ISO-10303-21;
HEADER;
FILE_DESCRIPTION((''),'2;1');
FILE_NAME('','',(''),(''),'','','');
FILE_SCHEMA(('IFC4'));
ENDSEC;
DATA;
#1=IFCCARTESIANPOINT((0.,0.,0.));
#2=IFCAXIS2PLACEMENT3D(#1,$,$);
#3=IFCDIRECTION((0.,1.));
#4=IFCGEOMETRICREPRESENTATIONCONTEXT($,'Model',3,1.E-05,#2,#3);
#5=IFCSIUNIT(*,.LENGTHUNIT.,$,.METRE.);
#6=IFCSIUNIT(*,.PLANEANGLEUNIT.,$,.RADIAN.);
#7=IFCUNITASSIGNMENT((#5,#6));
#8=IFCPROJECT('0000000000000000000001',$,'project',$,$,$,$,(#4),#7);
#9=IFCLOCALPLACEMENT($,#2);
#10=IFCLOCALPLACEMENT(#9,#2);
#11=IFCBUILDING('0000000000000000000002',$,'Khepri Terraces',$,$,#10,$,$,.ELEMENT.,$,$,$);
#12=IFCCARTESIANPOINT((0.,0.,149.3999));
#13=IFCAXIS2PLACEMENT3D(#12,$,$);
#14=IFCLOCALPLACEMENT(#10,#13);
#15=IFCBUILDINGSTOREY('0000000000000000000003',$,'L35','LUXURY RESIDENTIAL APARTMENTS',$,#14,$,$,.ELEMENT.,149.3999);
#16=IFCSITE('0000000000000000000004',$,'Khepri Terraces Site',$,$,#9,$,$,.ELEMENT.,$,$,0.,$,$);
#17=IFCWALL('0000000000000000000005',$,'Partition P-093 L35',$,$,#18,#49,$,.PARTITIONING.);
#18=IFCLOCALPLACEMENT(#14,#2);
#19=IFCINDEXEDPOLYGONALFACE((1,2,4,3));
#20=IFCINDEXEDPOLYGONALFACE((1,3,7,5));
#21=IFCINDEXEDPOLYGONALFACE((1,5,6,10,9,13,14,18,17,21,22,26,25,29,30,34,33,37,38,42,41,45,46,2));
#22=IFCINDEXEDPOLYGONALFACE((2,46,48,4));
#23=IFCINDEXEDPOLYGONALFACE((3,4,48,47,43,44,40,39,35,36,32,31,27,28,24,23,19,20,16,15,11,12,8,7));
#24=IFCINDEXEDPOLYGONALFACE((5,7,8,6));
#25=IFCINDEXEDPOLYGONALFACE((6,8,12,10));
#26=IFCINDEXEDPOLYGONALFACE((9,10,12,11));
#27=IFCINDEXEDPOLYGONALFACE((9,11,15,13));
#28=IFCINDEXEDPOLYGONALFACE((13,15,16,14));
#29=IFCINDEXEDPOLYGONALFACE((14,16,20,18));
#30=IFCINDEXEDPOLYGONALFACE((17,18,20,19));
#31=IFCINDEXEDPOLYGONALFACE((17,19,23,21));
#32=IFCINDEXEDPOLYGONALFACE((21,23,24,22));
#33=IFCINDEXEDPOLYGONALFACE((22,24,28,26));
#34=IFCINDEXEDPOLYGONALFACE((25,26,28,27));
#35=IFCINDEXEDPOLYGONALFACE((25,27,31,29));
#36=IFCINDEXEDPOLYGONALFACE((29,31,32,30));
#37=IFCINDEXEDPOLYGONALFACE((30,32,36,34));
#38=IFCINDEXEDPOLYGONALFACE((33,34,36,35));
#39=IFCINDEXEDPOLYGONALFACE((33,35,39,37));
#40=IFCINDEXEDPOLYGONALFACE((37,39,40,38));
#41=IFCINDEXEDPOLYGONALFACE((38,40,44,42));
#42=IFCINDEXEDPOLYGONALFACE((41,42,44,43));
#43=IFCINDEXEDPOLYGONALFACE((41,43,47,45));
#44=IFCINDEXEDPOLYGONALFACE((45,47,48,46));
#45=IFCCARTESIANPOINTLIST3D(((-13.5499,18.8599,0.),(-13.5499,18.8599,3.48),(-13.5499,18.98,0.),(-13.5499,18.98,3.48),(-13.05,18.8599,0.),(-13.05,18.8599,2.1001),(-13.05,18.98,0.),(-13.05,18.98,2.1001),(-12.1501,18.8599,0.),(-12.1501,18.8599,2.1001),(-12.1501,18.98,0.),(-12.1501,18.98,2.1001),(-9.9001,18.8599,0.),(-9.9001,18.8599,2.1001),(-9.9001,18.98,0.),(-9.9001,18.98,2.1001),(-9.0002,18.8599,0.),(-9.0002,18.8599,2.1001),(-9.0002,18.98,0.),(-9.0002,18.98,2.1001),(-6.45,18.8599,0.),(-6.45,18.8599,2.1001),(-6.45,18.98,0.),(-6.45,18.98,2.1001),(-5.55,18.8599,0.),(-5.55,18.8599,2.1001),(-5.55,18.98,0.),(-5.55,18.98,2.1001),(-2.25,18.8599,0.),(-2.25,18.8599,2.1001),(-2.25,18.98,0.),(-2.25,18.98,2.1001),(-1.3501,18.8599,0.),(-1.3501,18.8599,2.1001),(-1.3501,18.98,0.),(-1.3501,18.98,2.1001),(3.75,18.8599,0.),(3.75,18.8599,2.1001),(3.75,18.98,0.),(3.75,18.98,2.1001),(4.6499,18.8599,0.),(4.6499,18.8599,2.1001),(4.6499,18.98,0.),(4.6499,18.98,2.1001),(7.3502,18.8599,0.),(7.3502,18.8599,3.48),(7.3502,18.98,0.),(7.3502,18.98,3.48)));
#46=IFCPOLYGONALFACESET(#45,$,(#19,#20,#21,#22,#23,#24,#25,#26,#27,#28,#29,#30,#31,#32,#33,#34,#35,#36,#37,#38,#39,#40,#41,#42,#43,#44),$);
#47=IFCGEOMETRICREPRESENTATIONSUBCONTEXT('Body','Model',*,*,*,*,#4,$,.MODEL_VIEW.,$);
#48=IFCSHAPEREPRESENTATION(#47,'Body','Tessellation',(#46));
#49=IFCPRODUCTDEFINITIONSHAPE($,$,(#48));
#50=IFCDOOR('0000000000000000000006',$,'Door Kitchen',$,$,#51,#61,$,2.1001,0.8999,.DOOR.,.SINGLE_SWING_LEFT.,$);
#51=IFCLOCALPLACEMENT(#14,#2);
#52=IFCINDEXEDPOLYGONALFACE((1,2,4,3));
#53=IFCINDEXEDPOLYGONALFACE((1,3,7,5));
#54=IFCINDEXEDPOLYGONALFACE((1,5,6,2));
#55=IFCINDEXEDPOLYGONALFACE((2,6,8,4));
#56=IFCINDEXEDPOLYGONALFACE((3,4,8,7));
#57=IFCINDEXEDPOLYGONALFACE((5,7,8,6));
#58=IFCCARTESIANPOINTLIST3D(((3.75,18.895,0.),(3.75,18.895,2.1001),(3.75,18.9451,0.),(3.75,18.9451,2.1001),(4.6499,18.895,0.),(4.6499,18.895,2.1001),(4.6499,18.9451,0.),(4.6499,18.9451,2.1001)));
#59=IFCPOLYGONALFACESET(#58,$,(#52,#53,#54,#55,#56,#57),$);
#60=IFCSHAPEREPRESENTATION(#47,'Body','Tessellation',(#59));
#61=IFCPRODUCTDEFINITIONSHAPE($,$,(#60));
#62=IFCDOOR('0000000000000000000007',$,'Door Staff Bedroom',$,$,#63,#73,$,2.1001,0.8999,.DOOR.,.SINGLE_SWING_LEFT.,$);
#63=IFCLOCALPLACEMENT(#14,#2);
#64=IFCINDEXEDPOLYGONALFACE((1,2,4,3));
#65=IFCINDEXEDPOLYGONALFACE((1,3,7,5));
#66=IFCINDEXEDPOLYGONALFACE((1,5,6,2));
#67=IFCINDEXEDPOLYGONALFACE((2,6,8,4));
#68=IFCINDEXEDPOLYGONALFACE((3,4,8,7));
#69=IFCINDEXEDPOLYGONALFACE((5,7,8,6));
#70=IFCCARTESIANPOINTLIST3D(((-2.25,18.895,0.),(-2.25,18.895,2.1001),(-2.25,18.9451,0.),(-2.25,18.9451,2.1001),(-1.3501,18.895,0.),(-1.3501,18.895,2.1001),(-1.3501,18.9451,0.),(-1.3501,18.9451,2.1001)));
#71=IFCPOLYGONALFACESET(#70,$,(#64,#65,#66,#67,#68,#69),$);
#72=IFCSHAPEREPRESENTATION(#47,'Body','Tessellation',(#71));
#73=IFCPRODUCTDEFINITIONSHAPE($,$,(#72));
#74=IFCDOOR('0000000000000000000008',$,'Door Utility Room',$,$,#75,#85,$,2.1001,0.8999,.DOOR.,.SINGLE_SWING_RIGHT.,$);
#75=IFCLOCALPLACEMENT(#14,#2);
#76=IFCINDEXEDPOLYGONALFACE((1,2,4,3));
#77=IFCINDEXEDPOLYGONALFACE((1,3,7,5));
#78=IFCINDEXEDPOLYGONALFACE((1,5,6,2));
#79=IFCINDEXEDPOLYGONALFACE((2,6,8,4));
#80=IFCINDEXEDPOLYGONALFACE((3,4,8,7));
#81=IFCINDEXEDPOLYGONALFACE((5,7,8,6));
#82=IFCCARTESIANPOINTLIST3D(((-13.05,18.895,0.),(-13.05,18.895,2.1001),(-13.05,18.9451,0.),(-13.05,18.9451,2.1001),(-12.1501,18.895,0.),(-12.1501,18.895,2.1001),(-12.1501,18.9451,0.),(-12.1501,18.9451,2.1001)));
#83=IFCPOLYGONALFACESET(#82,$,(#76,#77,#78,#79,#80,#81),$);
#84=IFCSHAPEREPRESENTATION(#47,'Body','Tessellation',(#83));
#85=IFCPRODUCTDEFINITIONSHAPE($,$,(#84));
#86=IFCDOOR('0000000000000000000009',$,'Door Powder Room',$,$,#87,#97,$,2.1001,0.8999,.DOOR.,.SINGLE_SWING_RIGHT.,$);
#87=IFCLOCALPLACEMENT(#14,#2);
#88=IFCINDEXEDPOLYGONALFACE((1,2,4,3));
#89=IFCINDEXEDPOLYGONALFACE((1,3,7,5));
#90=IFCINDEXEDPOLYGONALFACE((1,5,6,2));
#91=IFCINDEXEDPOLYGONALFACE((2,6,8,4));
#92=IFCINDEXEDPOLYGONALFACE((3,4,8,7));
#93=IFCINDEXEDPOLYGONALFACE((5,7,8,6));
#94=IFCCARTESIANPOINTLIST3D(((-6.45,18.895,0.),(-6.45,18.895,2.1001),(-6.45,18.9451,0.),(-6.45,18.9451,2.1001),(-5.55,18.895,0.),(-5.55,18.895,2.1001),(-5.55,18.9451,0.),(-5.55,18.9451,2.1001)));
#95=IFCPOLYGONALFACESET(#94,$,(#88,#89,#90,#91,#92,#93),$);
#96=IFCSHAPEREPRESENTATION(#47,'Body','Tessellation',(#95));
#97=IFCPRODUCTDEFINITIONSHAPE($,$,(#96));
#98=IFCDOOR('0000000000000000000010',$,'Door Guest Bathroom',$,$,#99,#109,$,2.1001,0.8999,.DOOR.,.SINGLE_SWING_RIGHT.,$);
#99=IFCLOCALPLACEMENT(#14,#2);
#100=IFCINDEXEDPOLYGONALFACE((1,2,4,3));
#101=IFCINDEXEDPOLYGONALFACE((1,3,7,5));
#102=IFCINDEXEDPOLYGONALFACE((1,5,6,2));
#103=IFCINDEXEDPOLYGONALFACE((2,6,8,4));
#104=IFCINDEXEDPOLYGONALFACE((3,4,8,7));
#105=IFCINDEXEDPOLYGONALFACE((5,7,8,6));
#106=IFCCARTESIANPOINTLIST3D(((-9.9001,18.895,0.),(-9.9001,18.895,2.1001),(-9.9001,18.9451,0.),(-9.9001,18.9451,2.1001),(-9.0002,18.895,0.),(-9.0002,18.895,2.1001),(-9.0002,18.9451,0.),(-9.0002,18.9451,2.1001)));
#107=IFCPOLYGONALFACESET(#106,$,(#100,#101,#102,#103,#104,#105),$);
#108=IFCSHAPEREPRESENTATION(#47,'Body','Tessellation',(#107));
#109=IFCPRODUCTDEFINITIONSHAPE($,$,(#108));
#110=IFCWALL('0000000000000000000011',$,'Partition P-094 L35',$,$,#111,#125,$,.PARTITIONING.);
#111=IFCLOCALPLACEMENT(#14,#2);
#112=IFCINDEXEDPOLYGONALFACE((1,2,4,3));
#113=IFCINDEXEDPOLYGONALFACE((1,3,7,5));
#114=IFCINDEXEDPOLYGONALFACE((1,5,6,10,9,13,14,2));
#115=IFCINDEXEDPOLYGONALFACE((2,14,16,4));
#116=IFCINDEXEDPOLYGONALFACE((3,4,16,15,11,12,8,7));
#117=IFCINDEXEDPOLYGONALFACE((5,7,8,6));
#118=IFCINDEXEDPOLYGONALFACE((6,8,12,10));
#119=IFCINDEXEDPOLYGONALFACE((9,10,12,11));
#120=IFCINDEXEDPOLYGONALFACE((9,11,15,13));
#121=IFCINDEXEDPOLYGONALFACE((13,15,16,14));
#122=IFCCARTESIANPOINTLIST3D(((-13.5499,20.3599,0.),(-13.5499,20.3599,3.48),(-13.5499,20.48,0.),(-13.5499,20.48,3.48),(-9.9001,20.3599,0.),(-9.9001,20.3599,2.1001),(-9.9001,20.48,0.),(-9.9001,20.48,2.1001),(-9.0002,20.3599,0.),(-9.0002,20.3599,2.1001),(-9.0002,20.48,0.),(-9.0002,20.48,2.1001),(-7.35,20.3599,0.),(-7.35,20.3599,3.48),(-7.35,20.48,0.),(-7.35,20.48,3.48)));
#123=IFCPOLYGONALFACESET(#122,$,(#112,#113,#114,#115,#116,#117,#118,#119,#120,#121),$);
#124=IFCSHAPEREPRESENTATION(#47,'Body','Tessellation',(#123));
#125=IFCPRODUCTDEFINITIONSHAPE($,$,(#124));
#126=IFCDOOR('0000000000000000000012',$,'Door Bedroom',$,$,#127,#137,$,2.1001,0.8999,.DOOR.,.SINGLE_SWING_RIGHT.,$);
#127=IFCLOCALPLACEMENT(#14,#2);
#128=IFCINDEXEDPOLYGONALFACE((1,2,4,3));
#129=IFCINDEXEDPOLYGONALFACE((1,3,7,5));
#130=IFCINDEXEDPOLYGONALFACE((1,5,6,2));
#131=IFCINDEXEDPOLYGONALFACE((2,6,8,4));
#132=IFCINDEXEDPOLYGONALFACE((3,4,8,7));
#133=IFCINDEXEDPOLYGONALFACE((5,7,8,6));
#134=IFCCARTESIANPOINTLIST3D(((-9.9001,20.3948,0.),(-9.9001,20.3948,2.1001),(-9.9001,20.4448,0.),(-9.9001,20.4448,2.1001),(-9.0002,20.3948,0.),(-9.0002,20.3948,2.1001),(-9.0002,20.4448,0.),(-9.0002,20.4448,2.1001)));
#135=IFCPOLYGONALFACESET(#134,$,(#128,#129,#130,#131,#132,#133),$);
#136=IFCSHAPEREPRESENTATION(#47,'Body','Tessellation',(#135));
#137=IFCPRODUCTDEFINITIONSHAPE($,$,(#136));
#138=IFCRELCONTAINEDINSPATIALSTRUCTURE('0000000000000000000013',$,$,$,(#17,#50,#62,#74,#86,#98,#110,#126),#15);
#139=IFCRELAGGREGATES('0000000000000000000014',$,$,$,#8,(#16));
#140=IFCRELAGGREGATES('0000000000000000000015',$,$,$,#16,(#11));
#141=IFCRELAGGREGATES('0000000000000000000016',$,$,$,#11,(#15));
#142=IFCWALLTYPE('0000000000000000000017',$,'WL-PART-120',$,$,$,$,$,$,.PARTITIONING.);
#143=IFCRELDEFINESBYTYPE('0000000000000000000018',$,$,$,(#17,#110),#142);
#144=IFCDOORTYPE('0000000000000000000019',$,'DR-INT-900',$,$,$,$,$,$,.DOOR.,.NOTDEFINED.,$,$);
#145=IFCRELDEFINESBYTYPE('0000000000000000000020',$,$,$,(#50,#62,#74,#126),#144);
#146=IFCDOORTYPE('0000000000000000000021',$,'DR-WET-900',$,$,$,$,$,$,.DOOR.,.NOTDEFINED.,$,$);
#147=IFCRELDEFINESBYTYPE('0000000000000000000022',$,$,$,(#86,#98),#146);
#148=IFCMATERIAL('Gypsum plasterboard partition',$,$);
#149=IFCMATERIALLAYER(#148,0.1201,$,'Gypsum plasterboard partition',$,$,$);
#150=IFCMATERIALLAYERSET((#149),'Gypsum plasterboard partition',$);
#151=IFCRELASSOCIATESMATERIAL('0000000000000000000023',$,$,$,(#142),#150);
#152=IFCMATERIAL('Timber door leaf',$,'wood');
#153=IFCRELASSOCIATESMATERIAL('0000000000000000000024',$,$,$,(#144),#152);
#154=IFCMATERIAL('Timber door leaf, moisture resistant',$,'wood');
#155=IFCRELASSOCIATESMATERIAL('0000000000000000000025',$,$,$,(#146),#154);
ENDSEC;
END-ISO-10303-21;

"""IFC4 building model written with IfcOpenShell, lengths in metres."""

from ifc_helpers import new_model, si_unit, direction, frame, frame_2d, origin, place, context, subcontext, project, spatial, rectangle, extrude, material, layer, layer_set, type_object, element, fill, save


model = new_model("IFC4")

# Units and contexts
model_context = context("Model", 3, precision=1e-05, world=origin(), true_north=direction((0.0, 1.0)))
body_context = subcontext(model_context, "Body", "Model", "MODEL_VIEW")
ifc_project = project(units=[si_unit("LENGTHUNIT", "METRE"), si_unit("PLANEANGLEUNIT", "RADIAN")], contexts=[model_context])

# Site, building, storey
site_placement = place(None, origin())
site = spatial("IfcSite", under=ifc_project, at=site_placement, Name="Khepri Terraces Site", CompositionType="ELEMENT", RefElevation=0.0)
building_placement = place(site_placement, origin())
building = spatial("IfcBuilding", under=site, at=building_placement, Name="Khepri Terraces", CompositionType="ELEMENT")
storey_placement = place(building_placement, frame((0.0, 0.0, 149.3999)))
storey = spatial("IfcBuildingStorey", under=building, at=storey_placement, Name="L35", Description="LUXURY RESIDENTIAL APARTMENTS", CompositionType="ELEMENT", Elevation=149.3999)

# Shared definitions
ifc_material_1 = material(Name="Gypsum plasterboard partition")
ifc_layer_1 = layer(ifc_material_1, 0.1201, Name="Gypsum plasterboard partition")
ifc_layer_set_1 = layer_set([ifc_layer_1], Name="Gypsum plasterboard partition")
wall_type_1 = type_object("IfcWallType", Name="WL-PART-120", PredefinedType="PARTITIONING", material=ifc_layer_set_1)

# Wall, openings, doors
wall_1_placement = place(storey_placement, frame((-13.55, 18.9199, 0.0), z_axis=(0.0, 0.0, 1.0), x_axis=(1.0, 0.0, 0.0)))
wall_1 = element("IfcWall", 1, at=wall_1_placement, inside=storey, type_object=wall_type_1, Name="Partition P-093 L35", PredefinedType="PARTITIONING", context=body_context, shape_type="SweptSolid", body=[
    extrude(rectangle(XDim=20.9001, YDim=0.1201, at=frame_2d((10.4502, 0.0))), origin(), (0.0, 0.0, 1.0), 3.48),
])
opening_1_placement = place(wall_1_placement, frame((17.3, 0.0, 0.0)))
opening_1 = element("IfcOpeningElement", 2, at=opening_1_placement, cuts=wall_1, PredefinedType="OPENING", context=body_context, shape_type="SweptSolid", body=[
    extrude(rectangle(XDim=0.8999, YDim=2.1001, at=frame_2d((0.45, 1.05))), frame((0.0, 0.0701, 0.0), z_axis=(0.0, -1.0, 0.0), x_axis=(1.0, 0.0, 0.0)), (0.0, 0.0, 1.0), 0.1401),
])
opening_2_placement = place(wall_1_placement, frame((11.3, 0.0, 0.0)))
opening_2 = element("IfcOpeningElement", 3, at=opening_2_placement, cuts=wall_1, PredefinedType="OPENING", context=body_context, shape_type="SweptSolid", body=[
    extrude(rectangle(XDim=0.8999, YDim=2.1001, at=frame_2d((0.45, 1.05))), frame((0.0, 0.0701, 0.0), z_axis=(0.0, -1.0, 0.0), x_axis=(1.0, 0.0, 0.0)), (0.0, 0.0, 1.0), 0.1401),
])
opening_3_placement = place(wall_1_placement, frame((7.1001, 0.0, 0.0)))
opening_3 = element("IfcOpeningElement", 4, at=opening_3_placement, cuts=wall_1, PredefinedType="OPENING", context=body_context, shape_type="SweptSolid", body=[
    extrude(rectangle(XDim=0.8999, YDim=2.1001, at=frame_2d((0.45, 1.05))), frame((0.0, 0.0701, 0.0), z_axis=(0.0, -1.0, 0.0), x_axis=(1.0, 0.0, 0.0)), (0.0, 0.0, 1.0), 0.1401),
])
opening_4_placement = place(wall_1_placement, frame((3.6499, 0.0, 0.0)))
opening_4 = element("IfcOpeningElement", 5, at=opening_4_placement, cuts=wall_1, PredefinedType="OPENING", context=body_context, shape_type="SweptSolid", body=[
    extrude(rectangle(XDim=0.8999, YDim=2.1001, at=frame_2d((0.45, 1.05))), frame((0.0, 0.0701, 0.0), z_axis=(0.0, -1.0, 0.0), x_axis=(1.0, 0.0, 0.0)), (0.0, 0.0, 1.0), 0.1401),
])
opening_5_placement = place(wall_1_placement, frame((0.5, 0.0, 0.0)))
opening_5 = element("IfcOpeningElement", 6, at=opening_5_placement, cuts=wall_1, PredefinedType="OPENING", context=body_context, shape_type="SweptSolid", body=[
    extrude(rectangle(XDim=0.8999, YDim=2.1001, at=frame_2d((0.45, 1.05))), frame((0.0, 0.0701, 0.0), z_axis=(0.0, -1.0, 0.0), x_axis=(1.0, 0.0, 0.0)), (0.0, 0.0, 1.0), 0.1401),
])
ifc_material_2 = material(Name="Timber door leaf", Category="wood")
door_type_1 = type_object("IfcDoorType", Name="DR-INT-900", OperationType="NOTDEFINED", PredefinedType="DOOR", material=ifc_material_2)
door_1_placement = place(opening_1_placement, frame((0.8999, 0.0, 0.0), z_axis=(0.0, 0.0, 1.0), x_axis=(-1.0, 0.0, 0.0)))
door_1 = element("IfcDoor", 7, at=door_1_placement, inside=storey, type_object=door_type_1, Name="Door Kitchen", OperationType="SINGLE_SWING_LEFT", OverallHeight=2.1001, OverallWidth=0.8999, PredefinedType="DOOR", context=body_context, shape_type="SweptSolid", body=[
    extrude(rectangle(XDim=0.8999, YDim=2.1001, at=frame_2d((0.45, 1.05))), frame((0.0, 0.0249, 0.0), z_axis=(0.0, -1.0, 0.0), x_axis=(1.0, 0.0, 0.0)), (0.0, 0.0, 1.0), 0.05),
])
fill(opening_1, door_1)
door_2_placement = place(opening_2_placement, frame((0.8999, 0.0, 0.0), z_axis=(0.0, 0.0, 1.0), x_axis=(-1.0, 0.0, 0.0)))
door_2 = element("IfcDoor", 8, at=door_2_placement, inside=storey, type_object=door_type_1, Name="Door Staff Bedroom", OperationType="SINGLE_SWING_LEFT", OverallHeight=2.1001, OverallWidth=0.8999, PredefinedType="DOOR", context=body_context, shape_type="SweptSolid", body=[
    extrude(rectangle(XDim=0.8999, YDim=2.1001, at=frame_2d((0.45, 1.05))), frame((0.0, 0.0249, 0.0), z_axis=(0.0, -1.0, 0.0), x_axis=(1.0, 0.0, 0.0)), (0.0, 0.0, 1.0), 0.05),
])
fill(opening_2, door_2)
door_3_placement = place(opening_5_placement, frame((0.8999, 0.0, 0.0), z_axis=(0.0, 0.0, 1.0), x_axis=(-1.0, 0.0, 0.0)))
door_3 = element("IfcDoor", 9, at=door_3_placement, inside=storey, type_object=door_type_1, Name="Door Utility Room", OperationType="SINGLE_SWING_RIGHT", OverallHeight=2.1001, OverallWidth=0.8999, PredefinedType="DOOR", context=body_context, shape_type="SweptSolid", body=[
    extrude(rectangle(XDim=0.8999, YDim=2.1001, at=frame_2d((0.45, 1.05))), frame((0.0, 0.0249, 0.0), z_axis=(0.0, -1.0, 0.0), x_axis=(1.0, 0.0, 0.0)), (0.0, 0.0, 1.0), 0.05),
])
fill(opening_5, door_3)
ifc_material_3 = material(Name="Timber door leaf, moisture resistant", Category="wood")
door_type_2 = type_object("IfcDoorType", Name="DR-WET-900", OperationType="NOTDEFINED", PredefinedType="DOOR", material=ifc_material_3)
door_4_placement = place(opening_3_placement, frame((0.8999, 0.0, 0.0), z_axis=(0.0, 0.0, 1.0), x_axis=(-1.0, 0.0, 0.0)))
door_4 = element("IfcDoor", 10, at=door_4_placement, inside=storey, type_object=door_type_2, Name="Door Powder Room", OperationType="SINGLE_SWING_RIGHT", OverallHeight=2.1001, OverallWidth=0.8999, PredefinedType="DOOR", context=body_context, shape_type="SweptSolid", body=[
    extrude(rectangle(XDim=0.8999, YDim=2.1001, at=frame_2d((0.45, 1.05))), frame((0.0, 0.0249, 0.0), z_axis=(0.0, -1.0, 0.0), x_axis=(1.0, 0.0, 0.0)), (0.0, 0.0, 1.0), 0.05),
])
fill(opening_3, door_4)
door_5_placement = place(opening_4_placement, frame((0.8999, 0.0, 0.0), z_axis=(0.0, 0.0, 1.0), x_axis=(-1.0, 0.0, 0.0)))
door_5 = element("IfcDoor", 11, at=door_5_placement, inside=storey, type_object=door_type_2, Name="Door Guest Bathroom", OperationType="SINGLE_SWING_RIGHT", OverallHeight=2.1001, OverallWidth=0.8999, PredefinedType="DOOR", context=body_context, shape_type="SweptSolid", body=[
    extrude(rectangle(XDim=0.8999, YDim=2.1001, at=frame_2d((0.45, 1.05))), frame((0.0, 0.0249, 0.0), z_axis=(0.0, -1.0, 0.0), x_axis=(1.0, 0.0, 0.0)), (0.0, 0.0, 1.0), 0.05),
])
fill(opening_4, door_5)

# Wall, opening, door
wall_2_placement = place(storey_placement, frame((-13.55, 20.4199, 0.0), z_axis=(0.0, 0.0, 1.0), x_axis=(1.0, 0.0, 0.0)))
wall_2 = element("IfcWall", 12, at=wall_2_placement, inside=storey, type_object=wall_type_1, Name="Partition P-094 L35", PredefinedType="PARTITIONING", context=body_context, shape_type="SweptSolid", body=[
    extrude(rectangle(XDim=6.2, YDim=0.1201, at=frame_2d((3.1001, 0.0))), origin(), (0.0, 0.0, 1.0), 3.48),
])
opening_6_placement = place(wall_2_placement, frame((3.6499, 0.0, 0.0)))
opening_6 = element("IfcOpeningElement", 13, at=opening_6_placement, cuts=wall_2, PredefinedType="OPENING", context=body_context, shape_type="SweptSolid", body=[
    extrude(rectangle(XDim=0.8999, YDim=2.1001, at=frame_2d((0.45, 1.05))), frame((0.0, 0.0701, 0.0), z_axis=(0.0, -1.0, 0.0), x_axis=(1.0, 0.0, 0.0)), (0.0, 0.0, 1.0), 0.1401),
])
door_6_placement = place(opening_6_placement, origin())
door_6 = element("IfcDoor", 14, at=door_6_placement, inside=storey, type_object=door_type_1, Name="Door Bedroom", OperationType="SINGLE_SWING_RIGHT", OverallHeight=2.1001, OverallWidth=0.8999, PredefinedType="DOOR", context=body_context, shape_type="SweptSolid", body=[
    extrude(rectangle(XDim=0.8999, YDim=2.1001, at=frame_2d((0.45, 1.05))), frame((0.0, 0.0249, 0.0), z_axis=(0.0, -1.0, 0.0), x_axis=(1.0, 0.0, 0.0)), (0.0, 0.0, 1.0), 0.05),
])
fill(opening_6, door_6)

save(model, "model.ifc")
